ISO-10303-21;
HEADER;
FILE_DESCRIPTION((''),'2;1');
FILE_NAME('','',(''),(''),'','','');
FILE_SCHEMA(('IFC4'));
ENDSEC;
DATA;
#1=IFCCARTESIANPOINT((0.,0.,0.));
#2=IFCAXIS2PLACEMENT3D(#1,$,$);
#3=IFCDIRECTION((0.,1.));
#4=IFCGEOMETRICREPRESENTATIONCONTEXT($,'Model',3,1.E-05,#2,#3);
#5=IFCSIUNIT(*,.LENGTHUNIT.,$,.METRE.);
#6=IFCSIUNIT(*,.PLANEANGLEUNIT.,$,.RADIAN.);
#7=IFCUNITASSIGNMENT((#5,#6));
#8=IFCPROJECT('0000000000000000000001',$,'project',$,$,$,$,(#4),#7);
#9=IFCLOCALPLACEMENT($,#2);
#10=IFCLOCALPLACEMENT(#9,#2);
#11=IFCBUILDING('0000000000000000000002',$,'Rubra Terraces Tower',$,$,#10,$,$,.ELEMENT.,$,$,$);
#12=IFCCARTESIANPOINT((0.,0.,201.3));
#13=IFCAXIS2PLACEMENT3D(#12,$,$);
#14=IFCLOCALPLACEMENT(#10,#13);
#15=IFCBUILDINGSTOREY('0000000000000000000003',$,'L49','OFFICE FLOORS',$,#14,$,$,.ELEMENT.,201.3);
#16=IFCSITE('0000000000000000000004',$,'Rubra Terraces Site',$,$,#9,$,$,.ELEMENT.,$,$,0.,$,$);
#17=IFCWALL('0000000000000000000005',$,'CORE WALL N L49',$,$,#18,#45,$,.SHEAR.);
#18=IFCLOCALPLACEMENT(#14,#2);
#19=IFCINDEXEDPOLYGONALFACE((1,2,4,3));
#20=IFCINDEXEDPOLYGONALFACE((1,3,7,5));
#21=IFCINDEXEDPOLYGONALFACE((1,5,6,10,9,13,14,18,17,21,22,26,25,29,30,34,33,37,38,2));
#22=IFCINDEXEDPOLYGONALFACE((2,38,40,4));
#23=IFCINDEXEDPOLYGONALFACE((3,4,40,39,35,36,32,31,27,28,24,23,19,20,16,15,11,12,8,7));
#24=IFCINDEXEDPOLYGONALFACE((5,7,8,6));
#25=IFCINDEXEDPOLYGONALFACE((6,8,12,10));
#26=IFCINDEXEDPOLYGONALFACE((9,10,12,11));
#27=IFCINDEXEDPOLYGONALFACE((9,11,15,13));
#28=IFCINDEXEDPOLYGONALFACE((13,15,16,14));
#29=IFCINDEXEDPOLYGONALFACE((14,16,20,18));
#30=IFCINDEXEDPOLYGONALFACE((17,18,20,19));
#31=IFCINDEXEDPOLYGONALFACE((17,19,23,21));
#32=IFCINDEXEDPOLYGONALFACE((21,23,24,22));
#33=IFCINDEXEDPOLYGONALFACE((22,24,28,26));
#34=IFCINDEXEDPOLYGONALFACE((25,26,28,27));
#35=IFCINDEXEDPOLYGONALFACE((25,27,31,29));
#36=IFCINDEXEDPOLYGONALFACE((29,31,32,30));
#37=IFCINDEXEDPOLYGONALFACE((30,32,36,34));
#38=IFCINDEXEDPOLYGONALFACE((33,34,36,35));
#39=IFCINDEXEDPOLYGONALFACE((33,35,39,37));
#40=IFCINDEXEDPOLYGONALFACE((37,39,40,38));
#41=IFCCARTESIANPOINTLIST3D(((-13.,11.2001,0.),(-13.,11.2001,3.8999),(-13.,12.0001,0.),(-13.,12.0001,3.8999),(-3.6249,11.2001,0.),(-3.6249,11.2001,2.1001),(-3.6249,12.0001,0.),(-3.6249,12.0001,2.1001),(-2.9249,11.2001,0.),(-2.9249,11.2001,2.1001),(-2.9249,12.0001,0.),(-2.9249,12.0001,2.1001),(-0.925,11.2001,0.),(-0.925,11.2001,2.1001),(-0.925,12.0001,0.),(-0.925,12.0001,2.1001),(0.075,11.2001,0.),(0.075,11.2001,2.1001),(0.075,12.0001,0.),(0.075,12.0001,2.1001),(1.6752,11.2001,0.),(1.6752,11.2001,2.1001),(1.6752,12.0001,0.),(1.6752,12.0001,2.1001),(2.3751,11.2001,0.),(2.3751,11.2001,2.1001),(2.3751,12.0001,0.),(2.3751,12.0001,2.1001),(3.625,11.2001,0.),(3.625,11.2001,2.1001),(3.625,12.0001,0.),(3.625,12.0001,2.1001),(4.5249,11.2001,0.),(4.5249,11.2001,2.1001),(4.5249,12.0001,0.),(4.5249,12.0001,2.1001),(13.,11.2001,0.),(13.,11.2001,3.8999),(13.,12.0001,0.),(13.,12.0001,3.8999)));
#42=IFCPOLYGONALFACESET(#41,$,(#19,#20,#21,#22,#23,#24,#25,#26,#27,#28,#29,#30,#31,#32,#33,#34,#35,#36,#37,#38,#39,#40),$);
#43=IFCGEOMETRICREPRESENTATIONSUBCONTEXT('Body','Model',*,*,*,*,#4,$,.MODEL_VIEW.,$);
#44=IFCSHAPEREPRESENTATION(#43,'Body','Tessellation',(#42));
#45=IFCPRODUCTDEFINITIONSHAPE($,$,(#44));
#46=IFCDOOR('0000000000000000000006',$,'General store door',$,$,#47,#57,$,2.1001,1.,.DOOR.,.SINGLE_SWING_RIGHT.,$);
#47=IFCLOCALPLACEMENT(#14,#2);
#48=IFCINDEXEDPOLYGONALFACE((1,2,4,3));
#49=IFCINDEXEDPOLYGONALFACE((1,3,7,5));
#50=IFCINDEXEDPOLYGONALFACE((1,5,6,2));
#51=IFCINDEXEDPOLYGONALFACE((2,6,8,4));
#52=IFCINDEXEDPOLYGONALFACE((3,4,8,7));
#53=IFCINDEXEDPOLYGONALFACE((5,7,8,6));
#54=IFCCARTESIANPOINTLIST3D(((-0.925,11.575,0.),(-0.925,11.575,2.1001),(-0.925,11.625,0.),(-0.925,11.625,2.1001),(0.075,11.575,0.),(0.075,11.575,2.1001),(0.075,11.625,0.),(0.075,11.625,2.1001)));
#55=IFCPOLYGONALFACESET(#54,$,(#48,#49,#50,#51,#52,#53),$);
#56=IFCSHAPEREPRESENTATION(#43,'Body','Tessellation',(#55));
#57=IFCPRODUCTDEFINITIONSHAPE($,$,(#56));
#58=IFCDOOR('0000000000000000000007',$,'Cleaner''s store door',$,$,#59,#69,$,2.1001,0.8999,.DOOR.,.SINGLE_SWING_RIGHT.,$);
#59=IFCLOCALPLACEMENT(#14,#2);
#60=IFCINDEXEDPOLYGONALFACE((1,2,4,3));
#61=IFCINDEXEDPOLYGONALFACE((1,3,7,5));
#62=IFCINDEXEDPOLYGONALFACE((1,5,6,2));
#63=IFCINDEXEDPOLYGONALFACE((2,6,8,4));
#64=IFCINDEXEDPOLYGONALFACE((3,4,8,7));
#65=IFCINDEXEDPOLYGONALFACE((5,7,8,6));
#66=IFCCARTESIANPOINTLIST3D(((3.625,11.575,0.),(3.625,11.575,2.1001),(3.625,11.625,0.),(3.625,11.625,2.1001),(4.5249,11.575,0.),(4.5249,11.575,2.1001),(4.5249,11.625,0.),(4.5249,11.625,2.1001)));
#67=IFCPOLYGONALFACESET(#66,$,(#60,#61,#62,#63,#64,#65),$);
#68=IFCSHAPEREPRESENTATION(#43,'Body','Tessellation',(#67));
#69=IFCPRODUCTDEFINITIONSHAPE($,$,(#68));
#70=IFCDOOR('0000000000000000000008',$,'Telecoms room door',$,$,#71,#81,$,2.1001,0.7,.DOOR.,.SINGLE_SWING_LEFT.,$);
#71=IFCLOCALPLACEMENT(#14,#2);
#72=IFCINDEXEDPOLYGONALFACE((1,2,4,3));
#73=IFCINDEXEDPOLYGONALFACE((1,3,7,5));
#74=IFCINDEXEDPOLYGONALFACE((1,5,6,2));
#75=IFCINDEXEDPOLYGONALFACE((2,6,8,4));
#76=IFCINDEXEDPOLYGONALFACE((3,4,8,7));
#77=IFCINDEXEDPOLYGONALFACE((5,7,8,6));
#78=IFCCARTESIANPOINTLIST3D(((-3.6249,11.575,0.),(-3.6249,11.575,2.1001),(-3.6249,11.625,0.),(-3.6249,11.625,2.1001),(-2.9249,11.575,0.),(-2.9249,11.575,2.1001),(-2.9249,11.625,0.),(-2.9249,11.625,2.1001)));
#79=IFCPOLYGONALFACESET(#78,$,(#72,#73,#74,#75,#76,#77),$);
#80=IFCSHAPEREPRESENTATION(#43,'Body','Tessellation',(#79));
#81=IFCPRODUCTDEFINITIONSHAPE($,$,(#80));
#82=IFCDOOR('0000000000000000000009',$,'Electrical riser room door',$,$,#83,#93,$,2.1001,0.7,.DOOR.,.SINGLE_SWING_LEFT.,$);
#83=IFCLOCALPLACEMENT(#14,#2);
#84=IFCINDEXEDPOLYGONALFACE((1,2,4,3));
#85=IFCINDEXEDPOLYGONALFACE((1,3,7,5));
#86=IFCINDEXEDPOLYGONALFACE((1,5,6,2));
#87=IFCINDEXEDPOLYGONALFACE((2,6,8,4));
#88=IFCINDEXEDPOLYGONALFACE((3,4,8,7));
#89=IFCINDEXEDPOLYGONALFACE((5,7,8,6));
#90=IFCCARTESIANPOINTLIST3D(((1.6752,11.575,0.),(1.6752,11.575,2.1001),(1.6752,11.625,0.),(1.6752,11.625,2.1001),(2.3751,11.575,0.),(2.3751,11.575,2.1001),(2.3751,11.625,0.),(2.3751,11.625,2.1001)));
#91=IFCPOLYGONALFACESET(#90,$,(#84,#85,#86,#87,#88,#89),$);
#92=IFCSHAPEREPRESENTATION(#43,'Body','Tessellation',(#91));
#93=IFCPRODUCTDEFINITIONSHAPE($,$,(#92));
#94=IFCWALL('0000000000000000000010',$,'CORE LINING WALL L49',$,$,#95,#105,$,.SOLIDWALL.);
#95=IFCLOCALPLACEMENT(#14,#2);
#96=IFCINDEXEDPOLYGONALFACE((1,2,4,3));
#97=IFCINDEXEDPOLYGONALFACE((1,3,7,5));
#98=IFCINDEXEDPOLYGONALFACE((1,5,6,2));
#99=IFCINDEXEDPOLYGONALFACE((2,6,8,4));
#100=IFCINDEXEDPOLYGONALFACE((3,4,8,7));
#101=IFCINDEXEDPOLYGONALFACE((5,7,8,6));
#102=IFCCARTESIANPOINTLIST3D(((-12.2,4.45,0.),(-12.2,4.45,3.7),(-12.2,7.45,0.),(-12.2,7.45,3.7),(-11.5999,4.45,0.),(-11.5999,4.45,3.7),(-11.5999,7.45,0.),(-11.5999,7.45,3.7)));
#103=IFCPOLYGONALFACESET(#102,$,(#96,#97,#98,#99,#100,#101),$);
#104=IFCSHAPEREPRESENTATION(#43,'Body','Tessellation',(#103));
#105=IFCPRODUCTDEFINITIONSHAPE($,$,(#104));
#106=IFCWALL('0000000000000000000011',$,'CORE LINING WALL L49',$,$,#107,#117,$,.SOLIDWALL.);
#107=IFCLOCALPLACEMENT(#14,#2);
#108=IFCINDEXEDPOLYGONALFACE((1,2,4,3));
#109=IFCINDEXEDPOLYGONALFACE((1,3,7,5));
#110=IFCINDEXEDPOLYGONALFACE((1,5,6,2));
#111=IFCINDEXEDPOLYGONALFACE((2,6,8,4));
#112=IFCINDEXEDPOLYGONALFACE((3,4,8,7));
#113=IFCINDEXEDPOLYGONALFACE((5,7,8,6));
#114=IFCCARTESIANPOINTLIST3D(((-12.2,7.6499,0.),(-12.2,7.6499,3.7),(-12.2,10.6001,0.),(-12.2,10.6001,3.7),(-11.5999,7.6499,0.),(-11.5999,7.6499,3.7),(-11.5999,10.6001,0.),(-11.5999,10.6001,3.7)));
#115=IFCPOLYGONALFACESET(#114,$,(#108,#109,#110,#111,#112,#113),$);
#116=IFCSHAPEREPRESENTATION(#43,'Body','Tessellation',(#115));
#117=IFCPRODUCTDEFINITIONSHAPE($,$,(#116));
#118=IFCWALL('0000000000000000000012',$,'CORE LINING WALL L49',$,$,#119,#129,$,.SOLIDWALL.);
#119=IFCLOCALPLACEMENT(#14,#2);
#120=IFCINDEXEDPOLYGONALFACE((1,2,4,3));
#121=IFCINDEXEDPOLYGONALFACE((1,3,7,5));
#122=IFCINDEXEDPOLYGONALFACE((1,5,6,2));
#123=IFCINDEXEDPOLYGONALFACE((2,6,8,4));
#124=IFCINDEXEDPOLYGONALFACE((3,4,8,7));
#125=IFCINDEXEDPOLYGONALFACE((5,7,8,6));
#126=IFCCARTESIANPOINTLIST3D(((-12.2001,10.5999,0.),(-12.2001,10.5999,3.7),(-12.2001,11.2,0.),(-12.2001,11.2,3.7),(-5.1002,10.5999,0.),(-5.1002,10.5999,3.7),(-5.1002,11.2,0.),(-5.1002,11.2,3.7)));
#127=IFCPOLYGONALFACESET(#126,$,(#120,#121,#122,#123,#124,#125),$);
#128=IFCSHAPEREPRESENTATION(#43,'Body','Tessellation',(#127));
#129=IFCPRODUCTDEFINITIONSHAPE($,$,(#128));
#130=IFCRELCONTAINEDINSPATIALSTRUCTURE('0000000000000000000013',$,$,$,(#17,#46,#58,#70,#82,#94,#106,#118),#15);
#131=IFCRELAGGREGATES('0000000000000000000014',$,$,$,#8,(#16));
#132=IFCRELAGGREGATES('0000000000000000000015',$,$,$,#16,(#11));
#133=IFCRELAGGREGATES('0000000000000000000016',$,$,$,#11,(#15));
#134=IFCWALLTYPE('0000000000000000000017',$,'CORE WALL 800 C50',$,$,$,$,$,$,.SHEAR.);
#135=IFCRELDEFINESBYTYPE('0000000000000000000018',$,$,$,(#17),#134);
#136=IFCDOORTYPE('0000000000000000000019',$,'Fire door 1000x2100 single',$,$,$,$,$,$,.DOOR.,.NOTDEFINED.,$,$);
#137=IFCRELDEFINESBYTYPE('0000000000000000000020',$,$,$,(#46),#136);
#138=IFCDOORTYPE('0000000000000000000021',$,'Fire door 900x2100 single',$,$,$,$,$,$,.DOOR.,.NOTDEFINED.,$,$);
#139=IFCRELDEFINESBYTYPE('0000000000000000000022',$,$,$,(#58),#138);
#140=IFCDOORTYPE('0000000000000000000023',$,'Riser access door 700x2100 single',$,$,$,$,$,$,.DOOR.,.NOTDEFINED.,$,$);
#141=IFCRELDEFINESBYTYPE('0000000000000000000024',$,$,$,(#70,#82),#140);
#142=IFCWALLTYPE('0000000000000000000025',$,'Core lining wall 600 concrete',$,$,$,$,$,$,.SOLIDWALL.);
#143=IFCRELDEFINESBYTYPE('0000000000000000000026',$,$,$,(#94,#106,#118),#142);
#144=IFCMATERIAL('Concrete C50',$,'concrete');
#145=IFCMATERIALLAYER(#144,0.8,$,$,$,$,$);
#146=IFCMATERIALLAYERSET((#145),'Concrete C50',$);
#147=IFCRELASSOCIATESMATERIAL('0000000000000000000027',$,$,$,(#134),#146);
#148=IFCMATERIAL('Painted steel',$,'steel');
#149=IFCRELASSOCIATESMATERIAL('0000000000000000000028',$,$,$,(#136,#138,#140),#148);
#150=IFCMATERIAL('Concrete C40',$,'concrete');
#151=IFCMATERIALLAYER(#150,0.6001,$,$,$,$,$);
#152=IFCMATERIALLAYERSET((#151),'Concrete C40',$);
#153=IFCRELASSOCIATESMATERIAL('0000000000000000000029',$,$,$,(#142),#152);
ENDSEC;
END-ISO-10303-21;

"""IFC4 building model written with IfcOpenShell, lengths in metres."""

from ifc_helpers import new_model, si_unit, direction, frame, frame_2d, origin, place, context, subcontext, project, spatial, rectangle, extrude, material, layer, layer_set, type_object, element, fill, save


model = new_model("IFC4")

# Units and contexts
model_context = context("Model", 3, precision=1e-05, world=origin(), true_north=direction((0.0, 1.0)))
body_context = subcontext(model_context, "Body", "Model", "MODEL_VIEW")
ifc_project = project(units=[si_unit("LENGTHUNIT", "METRE"), si_unit("PLANEANGLEUNIT", "RADIAN")], contexts=[model_context])

# Site, building, storey
site_placement = place(None, origin())
site = spatial("IfcSite", under=ifc_project, at=site_placement, Name="Rubra Terraces Site", CompositionType="ELEMENT", RefElevation=0.0)
building_placement = place(site_placement, origin())
building = spatial("IfcBuilding", under=site, at=building_placement, Name="Rubra Terraces Tower", CompositionType="ELEMENT")
storey_placement = place(building_placement, frame((0.0, 0.0, 201.3)))
storey = spatial("IfcBuildingStorey", under=building, at=storey_placement, Name="L49", Description="OFFICE FLOORS", CompositionType="ELEMENT", Elevation=201.3)

# Wall, openings, doors
ifc_material_1 = material(Name="Concrete C50", Category="concrete")
ifc_layer_1 = layer(ifc_material_1, 0.8)
ifc_layer_set_1 = layer_set([ifc_layer_1], Name="Concrete C50")
wall_type_1 = type_object("IfcWallType", Name="CORE WALL 800 C50", PredefinedType="SHEAR", material=ifc_layer_set_1)
wall_1_placement = place(storey_placement, frame((-13.0, 11.6001, 0.0), z_axis=(0.0, 0.0, 1.0), x_axis=(1.0, 0.0, 0.0)))
wall_1 = element("IfcWall", 1, at=wall_1_placement, inside=storey, type_object=wall_type_1, Name="CORE WALL N L49", PredefinedType="SHEAR", context=body_context, shape_type="SweptSolid", body=[
    extrude(rectangle(XDim=26.0, YDim=0.8, at=frame_2d((13.0, 0.0))), origin(), (0.0, 0.0, 1.0), 3.8999),
])
opening_1_placement = place(wall_1_placement, frame((9.375, 0.0, 0.0)))
opening_1 = element("IfcOpeningElement", 2, at=opening_1_placement, cuts=wall_1, PredefinedType="OPENING", context=body_context, shape_type="SweptSolid", body=[
    extrude(rectangle(XDim=0.7, YDim=2.1001, at=frame_2d((0.3501, 1.05))), frame((0.0, 0.4099, 0.0), z_axis=(0.0, -1.0, 0.0), x_axis=(1.0, 0.0, 0.0)), (0.0, 0.0, 1.0), 0.8201),
])
opening_2_placement = place(wall_1_placement, frame((12.075, 0.0, 0.0)))
opening_2 = element("IfcOpeningElement", 3, at=opening_2_placement, cuts=wall_1, PredefinedType="OPENING", context=body_context, shape_type="SweptSolid", body=[
    extrude(rectangle(XDim=1.0, YDim=2.1001, at=frame_2d((0.5, 1.05))), frame((0.0, 0.4099, 0.0), z_axis=(0.0, -1.0, 0.0), x_axis=(1.0, 0.0, 0.0)), (0.0, 0.0, 1.0), 0.8201),
])
opening_3_placement = place(wall_1_placement, frame((14.675, 0.0, 0.0)))
opening_3 = element("IfcOpeningElement", 4, at=opening_3_placement, cuts=wall_1, PredefinedType="OPENING", context=body_context, shape_type="SweptSolid", body=[
    extrude(rectangle(XDim=0.7, YDim=2.1001, at=frame_2d((0.3501, 1.05))), frame((0.0, 0.4099, 0.0), z_axis=(0.0, -1.0, 0.0), x_axis=(1.0, 0.0, 0.0)), (0.0, 0.0, 1.0), 0.8201),
])
opening_4_placement = place(wall_1_placement, frame((16.625, 0.0, 0.0)))
opening_4 = element("IfcOpeningElement", 5, at=opening_4_placement, cuts=wall_1, PredefinedType="OPENING", context=body_context, shape_type="SweptSolid", body=[
    extrude(rectangle(XDim=0.8999, YDim=2.1001, at=frame_2d((0.45, 1.05))), frame((0.0, 0.4099, 0.0), z_axis=(0.0, -1.0, 0.0), x_axis=(1.0, 0.0, 0.0)), (0.0, 0.0, 1.0), 0.8201),
])
ifc_material_2 = material(Name="Painted steel", Category="steel")
door_type_1 = type_object("IfcDoorType", Name="Fire door 1000x2100 single", OperationType="NOTDEFINED", PredefinedType="DOOR", material=ifc_material_2)
door_1_placement = place(opening_2_placement, origin())
door_1 = element("IfcDoor", 6, at=door_1_placement, inside=storey, type_object=door_type_1, Name="General store door", OperationType="SINGLE_SWING_RIGHT", OverallHeight=2.1001, OverallWidth=1.0, PredefinedType="DOOR", context=body_context, shape_type="SweptSolid", body=[
    extrude(rectangle(XDim=1.0, YDim=2.1001, at=frame_2d((0.5, 1.05))), frame((0.0, 0.0249, 0.0), z_axis=(0.0, -1.0, 0.0), x_axis=(1.0, 0.0, 0.0)), (0.0, 0.0, 1.0), 0.05),
])
fill(opening_2, door_1)
door_type_2 = type_object("IfcDoorType", Name="Fire door 900x2100 single", OperationType="NOTDEFINED", PredefinedType="DOOR", material=ifc_material_2)
door_2_placement = place(opening_4_placement, origin())
door_2 = element("IfcDoor", 7, at=door_2_placement, inside=storey, type_object=door_type_2, Name="Cleaner's store door", OperationType="SINGLE_SWING_RIGHT", OverallHeight=2.1001, OverallWidth=0.8999, PredefinedType="DOOR", context=body_context, shape_type="SweptSolid", body=[
    extrude(rectangle(XDim=0.8999, YDim=2.1001, at=frame_2d((0.45, 1.05))), frame((0.0, 0.0249, 0.0), z_axis=(0.0, -1.0, 0.0), x_axis=(1.0, 0.0, 0.0)), (0.0, 0.0, 1.0), 0.05),
])
fill(opening_4, door_2)
door_type_3 = type_object("IfcDoorType", Name="Riser access door 700x2100 single", OperationType="NOTDEFINED", PredefinedType="DOOR", material=ifc_material_2)
door_3_placement = place(opening_1_placement, origin())
door_3 = element("IfcDoor", 8, at=door_3_placement, inside=storey, type_object=door_type_3, Name="Telecoms room door", OperationType="SINGLE_SWING_LEFT", OverallHeight=2.1001, OverallWidth=0.7, PredefinedType="DOOR", context=body_context, shape_type="SweptSolid", body=[
    extrude(rectangle(XDim=0.7, YDim=2.1001, at=frame_2d((0.3501, 1.05))), frame((0.0, 0.0249, 0.0), z_axis=(0.0, -1.0, 0.0), x_axis=(1.0, 0.0, 0.0)), (0.0, 0.0, 1.0), 0.05),
])
fill(opening_1, door_3)
door_4_placement = place(opening_3_placement, origin())
door_4 = element("IfcDoor", 9, at=door_4_placement, inside=storey, type_object=door_type_3, Name="Electrical riser room door", OperationType="SINGLE_SWING_LEFT", OverallHeight=2.1001, OverallWidth=0.7, PredefinedType="DOOR", context=body_context, shape_type="SweptSolid", body=[
    extrude(rectangle(XDim=0.7, YDim=2.1001, at=frame_2d((0.3501, 1.05))), frame((0.0, 0.0249, 0.0), z_axis=(0.0, -1.0, 0.0), x_axis=(1.0, 0.0, 0.0)), (0.0, 0.0, 1.0), 0.05),
])
fill(opening_3, door_4)

# Walls
ifc_material_3 = material(Name="Concrete C40", Category="concrete")
ifc_layer_2 = layer(ifc_material_3, 0.6001)
ifc_layer_set_2 = layer_set([ifc_layer_2], Name="Concrete C40")
wall_type_2 = type_object("IfcWallType", Name="Core lining wall 600 concrete", PredefinedType="SOLIDWALL", material=ifc_layer_set_2)
wall_2_placement = place(storey_placement, frame((-11.8999, 4.45, 0.0), z_axis=(0.0, 0.0, 1.0), x_axis=(0.0, 1.0, 0.0)))
element("IfcWall", 10, at=wall_2_placement, inside=storey, type_object=wall_type_2, Name="CORE LINING WALL L49", PredefinedType="SOLIDWALL", context=body_context, shape_type="SweptSolid", body=[
    extrude(rectangle(XDim=3.0, YDim=0.6001, at=frame_2d((1.5, 0.0))), origin(), (0.0, 0.0, 1.0), 3.7),
])
wall_3_placement = place(storey_placement, frame((-11.8999, 7.6499, 0.0), z_axis=(0.0, 0.0, 1.0), x_axis=(0.0, 1.0, 0.0)))
element("IfcWall", 11, at=wall_3_placement, inside=storey, type_object=wall_type_2, Name="CORE LINING WALL L49", PredefinedType="SOLIDWALL", context=body_context, shape_type="SweptSolid", body=[
    extrude(rectangle(XDim=2.9502, YDim=0.6001, at=frame_2d((1.4751, 0.0))), origin(), (0.0, 0.0, 1.0), 3.7),
])
wall_4_placement = place(storey_placement, frame((-12.2, 10.8999, 0.0), z_axis=(0.0, 0.0, 1.0), x_axis=(1.0, 0.0, 0.0)))
element("IfcWall", 12, at=wall_4_placement, inside=storey, type_object=wall_type_2, Name="CORE LINING WALL L49", PredefinedType="SOLIDWALL", context=body_context, shape_type="SweptSolid", body=[
    extrude(rectangle(XDim=7.0999, YDim=0.6001, at=frame_2d((3.5498, 0.0))), origin(), (0.0, 0.0, 1.0), 3.7),
])

save(model, "model.ifc")
